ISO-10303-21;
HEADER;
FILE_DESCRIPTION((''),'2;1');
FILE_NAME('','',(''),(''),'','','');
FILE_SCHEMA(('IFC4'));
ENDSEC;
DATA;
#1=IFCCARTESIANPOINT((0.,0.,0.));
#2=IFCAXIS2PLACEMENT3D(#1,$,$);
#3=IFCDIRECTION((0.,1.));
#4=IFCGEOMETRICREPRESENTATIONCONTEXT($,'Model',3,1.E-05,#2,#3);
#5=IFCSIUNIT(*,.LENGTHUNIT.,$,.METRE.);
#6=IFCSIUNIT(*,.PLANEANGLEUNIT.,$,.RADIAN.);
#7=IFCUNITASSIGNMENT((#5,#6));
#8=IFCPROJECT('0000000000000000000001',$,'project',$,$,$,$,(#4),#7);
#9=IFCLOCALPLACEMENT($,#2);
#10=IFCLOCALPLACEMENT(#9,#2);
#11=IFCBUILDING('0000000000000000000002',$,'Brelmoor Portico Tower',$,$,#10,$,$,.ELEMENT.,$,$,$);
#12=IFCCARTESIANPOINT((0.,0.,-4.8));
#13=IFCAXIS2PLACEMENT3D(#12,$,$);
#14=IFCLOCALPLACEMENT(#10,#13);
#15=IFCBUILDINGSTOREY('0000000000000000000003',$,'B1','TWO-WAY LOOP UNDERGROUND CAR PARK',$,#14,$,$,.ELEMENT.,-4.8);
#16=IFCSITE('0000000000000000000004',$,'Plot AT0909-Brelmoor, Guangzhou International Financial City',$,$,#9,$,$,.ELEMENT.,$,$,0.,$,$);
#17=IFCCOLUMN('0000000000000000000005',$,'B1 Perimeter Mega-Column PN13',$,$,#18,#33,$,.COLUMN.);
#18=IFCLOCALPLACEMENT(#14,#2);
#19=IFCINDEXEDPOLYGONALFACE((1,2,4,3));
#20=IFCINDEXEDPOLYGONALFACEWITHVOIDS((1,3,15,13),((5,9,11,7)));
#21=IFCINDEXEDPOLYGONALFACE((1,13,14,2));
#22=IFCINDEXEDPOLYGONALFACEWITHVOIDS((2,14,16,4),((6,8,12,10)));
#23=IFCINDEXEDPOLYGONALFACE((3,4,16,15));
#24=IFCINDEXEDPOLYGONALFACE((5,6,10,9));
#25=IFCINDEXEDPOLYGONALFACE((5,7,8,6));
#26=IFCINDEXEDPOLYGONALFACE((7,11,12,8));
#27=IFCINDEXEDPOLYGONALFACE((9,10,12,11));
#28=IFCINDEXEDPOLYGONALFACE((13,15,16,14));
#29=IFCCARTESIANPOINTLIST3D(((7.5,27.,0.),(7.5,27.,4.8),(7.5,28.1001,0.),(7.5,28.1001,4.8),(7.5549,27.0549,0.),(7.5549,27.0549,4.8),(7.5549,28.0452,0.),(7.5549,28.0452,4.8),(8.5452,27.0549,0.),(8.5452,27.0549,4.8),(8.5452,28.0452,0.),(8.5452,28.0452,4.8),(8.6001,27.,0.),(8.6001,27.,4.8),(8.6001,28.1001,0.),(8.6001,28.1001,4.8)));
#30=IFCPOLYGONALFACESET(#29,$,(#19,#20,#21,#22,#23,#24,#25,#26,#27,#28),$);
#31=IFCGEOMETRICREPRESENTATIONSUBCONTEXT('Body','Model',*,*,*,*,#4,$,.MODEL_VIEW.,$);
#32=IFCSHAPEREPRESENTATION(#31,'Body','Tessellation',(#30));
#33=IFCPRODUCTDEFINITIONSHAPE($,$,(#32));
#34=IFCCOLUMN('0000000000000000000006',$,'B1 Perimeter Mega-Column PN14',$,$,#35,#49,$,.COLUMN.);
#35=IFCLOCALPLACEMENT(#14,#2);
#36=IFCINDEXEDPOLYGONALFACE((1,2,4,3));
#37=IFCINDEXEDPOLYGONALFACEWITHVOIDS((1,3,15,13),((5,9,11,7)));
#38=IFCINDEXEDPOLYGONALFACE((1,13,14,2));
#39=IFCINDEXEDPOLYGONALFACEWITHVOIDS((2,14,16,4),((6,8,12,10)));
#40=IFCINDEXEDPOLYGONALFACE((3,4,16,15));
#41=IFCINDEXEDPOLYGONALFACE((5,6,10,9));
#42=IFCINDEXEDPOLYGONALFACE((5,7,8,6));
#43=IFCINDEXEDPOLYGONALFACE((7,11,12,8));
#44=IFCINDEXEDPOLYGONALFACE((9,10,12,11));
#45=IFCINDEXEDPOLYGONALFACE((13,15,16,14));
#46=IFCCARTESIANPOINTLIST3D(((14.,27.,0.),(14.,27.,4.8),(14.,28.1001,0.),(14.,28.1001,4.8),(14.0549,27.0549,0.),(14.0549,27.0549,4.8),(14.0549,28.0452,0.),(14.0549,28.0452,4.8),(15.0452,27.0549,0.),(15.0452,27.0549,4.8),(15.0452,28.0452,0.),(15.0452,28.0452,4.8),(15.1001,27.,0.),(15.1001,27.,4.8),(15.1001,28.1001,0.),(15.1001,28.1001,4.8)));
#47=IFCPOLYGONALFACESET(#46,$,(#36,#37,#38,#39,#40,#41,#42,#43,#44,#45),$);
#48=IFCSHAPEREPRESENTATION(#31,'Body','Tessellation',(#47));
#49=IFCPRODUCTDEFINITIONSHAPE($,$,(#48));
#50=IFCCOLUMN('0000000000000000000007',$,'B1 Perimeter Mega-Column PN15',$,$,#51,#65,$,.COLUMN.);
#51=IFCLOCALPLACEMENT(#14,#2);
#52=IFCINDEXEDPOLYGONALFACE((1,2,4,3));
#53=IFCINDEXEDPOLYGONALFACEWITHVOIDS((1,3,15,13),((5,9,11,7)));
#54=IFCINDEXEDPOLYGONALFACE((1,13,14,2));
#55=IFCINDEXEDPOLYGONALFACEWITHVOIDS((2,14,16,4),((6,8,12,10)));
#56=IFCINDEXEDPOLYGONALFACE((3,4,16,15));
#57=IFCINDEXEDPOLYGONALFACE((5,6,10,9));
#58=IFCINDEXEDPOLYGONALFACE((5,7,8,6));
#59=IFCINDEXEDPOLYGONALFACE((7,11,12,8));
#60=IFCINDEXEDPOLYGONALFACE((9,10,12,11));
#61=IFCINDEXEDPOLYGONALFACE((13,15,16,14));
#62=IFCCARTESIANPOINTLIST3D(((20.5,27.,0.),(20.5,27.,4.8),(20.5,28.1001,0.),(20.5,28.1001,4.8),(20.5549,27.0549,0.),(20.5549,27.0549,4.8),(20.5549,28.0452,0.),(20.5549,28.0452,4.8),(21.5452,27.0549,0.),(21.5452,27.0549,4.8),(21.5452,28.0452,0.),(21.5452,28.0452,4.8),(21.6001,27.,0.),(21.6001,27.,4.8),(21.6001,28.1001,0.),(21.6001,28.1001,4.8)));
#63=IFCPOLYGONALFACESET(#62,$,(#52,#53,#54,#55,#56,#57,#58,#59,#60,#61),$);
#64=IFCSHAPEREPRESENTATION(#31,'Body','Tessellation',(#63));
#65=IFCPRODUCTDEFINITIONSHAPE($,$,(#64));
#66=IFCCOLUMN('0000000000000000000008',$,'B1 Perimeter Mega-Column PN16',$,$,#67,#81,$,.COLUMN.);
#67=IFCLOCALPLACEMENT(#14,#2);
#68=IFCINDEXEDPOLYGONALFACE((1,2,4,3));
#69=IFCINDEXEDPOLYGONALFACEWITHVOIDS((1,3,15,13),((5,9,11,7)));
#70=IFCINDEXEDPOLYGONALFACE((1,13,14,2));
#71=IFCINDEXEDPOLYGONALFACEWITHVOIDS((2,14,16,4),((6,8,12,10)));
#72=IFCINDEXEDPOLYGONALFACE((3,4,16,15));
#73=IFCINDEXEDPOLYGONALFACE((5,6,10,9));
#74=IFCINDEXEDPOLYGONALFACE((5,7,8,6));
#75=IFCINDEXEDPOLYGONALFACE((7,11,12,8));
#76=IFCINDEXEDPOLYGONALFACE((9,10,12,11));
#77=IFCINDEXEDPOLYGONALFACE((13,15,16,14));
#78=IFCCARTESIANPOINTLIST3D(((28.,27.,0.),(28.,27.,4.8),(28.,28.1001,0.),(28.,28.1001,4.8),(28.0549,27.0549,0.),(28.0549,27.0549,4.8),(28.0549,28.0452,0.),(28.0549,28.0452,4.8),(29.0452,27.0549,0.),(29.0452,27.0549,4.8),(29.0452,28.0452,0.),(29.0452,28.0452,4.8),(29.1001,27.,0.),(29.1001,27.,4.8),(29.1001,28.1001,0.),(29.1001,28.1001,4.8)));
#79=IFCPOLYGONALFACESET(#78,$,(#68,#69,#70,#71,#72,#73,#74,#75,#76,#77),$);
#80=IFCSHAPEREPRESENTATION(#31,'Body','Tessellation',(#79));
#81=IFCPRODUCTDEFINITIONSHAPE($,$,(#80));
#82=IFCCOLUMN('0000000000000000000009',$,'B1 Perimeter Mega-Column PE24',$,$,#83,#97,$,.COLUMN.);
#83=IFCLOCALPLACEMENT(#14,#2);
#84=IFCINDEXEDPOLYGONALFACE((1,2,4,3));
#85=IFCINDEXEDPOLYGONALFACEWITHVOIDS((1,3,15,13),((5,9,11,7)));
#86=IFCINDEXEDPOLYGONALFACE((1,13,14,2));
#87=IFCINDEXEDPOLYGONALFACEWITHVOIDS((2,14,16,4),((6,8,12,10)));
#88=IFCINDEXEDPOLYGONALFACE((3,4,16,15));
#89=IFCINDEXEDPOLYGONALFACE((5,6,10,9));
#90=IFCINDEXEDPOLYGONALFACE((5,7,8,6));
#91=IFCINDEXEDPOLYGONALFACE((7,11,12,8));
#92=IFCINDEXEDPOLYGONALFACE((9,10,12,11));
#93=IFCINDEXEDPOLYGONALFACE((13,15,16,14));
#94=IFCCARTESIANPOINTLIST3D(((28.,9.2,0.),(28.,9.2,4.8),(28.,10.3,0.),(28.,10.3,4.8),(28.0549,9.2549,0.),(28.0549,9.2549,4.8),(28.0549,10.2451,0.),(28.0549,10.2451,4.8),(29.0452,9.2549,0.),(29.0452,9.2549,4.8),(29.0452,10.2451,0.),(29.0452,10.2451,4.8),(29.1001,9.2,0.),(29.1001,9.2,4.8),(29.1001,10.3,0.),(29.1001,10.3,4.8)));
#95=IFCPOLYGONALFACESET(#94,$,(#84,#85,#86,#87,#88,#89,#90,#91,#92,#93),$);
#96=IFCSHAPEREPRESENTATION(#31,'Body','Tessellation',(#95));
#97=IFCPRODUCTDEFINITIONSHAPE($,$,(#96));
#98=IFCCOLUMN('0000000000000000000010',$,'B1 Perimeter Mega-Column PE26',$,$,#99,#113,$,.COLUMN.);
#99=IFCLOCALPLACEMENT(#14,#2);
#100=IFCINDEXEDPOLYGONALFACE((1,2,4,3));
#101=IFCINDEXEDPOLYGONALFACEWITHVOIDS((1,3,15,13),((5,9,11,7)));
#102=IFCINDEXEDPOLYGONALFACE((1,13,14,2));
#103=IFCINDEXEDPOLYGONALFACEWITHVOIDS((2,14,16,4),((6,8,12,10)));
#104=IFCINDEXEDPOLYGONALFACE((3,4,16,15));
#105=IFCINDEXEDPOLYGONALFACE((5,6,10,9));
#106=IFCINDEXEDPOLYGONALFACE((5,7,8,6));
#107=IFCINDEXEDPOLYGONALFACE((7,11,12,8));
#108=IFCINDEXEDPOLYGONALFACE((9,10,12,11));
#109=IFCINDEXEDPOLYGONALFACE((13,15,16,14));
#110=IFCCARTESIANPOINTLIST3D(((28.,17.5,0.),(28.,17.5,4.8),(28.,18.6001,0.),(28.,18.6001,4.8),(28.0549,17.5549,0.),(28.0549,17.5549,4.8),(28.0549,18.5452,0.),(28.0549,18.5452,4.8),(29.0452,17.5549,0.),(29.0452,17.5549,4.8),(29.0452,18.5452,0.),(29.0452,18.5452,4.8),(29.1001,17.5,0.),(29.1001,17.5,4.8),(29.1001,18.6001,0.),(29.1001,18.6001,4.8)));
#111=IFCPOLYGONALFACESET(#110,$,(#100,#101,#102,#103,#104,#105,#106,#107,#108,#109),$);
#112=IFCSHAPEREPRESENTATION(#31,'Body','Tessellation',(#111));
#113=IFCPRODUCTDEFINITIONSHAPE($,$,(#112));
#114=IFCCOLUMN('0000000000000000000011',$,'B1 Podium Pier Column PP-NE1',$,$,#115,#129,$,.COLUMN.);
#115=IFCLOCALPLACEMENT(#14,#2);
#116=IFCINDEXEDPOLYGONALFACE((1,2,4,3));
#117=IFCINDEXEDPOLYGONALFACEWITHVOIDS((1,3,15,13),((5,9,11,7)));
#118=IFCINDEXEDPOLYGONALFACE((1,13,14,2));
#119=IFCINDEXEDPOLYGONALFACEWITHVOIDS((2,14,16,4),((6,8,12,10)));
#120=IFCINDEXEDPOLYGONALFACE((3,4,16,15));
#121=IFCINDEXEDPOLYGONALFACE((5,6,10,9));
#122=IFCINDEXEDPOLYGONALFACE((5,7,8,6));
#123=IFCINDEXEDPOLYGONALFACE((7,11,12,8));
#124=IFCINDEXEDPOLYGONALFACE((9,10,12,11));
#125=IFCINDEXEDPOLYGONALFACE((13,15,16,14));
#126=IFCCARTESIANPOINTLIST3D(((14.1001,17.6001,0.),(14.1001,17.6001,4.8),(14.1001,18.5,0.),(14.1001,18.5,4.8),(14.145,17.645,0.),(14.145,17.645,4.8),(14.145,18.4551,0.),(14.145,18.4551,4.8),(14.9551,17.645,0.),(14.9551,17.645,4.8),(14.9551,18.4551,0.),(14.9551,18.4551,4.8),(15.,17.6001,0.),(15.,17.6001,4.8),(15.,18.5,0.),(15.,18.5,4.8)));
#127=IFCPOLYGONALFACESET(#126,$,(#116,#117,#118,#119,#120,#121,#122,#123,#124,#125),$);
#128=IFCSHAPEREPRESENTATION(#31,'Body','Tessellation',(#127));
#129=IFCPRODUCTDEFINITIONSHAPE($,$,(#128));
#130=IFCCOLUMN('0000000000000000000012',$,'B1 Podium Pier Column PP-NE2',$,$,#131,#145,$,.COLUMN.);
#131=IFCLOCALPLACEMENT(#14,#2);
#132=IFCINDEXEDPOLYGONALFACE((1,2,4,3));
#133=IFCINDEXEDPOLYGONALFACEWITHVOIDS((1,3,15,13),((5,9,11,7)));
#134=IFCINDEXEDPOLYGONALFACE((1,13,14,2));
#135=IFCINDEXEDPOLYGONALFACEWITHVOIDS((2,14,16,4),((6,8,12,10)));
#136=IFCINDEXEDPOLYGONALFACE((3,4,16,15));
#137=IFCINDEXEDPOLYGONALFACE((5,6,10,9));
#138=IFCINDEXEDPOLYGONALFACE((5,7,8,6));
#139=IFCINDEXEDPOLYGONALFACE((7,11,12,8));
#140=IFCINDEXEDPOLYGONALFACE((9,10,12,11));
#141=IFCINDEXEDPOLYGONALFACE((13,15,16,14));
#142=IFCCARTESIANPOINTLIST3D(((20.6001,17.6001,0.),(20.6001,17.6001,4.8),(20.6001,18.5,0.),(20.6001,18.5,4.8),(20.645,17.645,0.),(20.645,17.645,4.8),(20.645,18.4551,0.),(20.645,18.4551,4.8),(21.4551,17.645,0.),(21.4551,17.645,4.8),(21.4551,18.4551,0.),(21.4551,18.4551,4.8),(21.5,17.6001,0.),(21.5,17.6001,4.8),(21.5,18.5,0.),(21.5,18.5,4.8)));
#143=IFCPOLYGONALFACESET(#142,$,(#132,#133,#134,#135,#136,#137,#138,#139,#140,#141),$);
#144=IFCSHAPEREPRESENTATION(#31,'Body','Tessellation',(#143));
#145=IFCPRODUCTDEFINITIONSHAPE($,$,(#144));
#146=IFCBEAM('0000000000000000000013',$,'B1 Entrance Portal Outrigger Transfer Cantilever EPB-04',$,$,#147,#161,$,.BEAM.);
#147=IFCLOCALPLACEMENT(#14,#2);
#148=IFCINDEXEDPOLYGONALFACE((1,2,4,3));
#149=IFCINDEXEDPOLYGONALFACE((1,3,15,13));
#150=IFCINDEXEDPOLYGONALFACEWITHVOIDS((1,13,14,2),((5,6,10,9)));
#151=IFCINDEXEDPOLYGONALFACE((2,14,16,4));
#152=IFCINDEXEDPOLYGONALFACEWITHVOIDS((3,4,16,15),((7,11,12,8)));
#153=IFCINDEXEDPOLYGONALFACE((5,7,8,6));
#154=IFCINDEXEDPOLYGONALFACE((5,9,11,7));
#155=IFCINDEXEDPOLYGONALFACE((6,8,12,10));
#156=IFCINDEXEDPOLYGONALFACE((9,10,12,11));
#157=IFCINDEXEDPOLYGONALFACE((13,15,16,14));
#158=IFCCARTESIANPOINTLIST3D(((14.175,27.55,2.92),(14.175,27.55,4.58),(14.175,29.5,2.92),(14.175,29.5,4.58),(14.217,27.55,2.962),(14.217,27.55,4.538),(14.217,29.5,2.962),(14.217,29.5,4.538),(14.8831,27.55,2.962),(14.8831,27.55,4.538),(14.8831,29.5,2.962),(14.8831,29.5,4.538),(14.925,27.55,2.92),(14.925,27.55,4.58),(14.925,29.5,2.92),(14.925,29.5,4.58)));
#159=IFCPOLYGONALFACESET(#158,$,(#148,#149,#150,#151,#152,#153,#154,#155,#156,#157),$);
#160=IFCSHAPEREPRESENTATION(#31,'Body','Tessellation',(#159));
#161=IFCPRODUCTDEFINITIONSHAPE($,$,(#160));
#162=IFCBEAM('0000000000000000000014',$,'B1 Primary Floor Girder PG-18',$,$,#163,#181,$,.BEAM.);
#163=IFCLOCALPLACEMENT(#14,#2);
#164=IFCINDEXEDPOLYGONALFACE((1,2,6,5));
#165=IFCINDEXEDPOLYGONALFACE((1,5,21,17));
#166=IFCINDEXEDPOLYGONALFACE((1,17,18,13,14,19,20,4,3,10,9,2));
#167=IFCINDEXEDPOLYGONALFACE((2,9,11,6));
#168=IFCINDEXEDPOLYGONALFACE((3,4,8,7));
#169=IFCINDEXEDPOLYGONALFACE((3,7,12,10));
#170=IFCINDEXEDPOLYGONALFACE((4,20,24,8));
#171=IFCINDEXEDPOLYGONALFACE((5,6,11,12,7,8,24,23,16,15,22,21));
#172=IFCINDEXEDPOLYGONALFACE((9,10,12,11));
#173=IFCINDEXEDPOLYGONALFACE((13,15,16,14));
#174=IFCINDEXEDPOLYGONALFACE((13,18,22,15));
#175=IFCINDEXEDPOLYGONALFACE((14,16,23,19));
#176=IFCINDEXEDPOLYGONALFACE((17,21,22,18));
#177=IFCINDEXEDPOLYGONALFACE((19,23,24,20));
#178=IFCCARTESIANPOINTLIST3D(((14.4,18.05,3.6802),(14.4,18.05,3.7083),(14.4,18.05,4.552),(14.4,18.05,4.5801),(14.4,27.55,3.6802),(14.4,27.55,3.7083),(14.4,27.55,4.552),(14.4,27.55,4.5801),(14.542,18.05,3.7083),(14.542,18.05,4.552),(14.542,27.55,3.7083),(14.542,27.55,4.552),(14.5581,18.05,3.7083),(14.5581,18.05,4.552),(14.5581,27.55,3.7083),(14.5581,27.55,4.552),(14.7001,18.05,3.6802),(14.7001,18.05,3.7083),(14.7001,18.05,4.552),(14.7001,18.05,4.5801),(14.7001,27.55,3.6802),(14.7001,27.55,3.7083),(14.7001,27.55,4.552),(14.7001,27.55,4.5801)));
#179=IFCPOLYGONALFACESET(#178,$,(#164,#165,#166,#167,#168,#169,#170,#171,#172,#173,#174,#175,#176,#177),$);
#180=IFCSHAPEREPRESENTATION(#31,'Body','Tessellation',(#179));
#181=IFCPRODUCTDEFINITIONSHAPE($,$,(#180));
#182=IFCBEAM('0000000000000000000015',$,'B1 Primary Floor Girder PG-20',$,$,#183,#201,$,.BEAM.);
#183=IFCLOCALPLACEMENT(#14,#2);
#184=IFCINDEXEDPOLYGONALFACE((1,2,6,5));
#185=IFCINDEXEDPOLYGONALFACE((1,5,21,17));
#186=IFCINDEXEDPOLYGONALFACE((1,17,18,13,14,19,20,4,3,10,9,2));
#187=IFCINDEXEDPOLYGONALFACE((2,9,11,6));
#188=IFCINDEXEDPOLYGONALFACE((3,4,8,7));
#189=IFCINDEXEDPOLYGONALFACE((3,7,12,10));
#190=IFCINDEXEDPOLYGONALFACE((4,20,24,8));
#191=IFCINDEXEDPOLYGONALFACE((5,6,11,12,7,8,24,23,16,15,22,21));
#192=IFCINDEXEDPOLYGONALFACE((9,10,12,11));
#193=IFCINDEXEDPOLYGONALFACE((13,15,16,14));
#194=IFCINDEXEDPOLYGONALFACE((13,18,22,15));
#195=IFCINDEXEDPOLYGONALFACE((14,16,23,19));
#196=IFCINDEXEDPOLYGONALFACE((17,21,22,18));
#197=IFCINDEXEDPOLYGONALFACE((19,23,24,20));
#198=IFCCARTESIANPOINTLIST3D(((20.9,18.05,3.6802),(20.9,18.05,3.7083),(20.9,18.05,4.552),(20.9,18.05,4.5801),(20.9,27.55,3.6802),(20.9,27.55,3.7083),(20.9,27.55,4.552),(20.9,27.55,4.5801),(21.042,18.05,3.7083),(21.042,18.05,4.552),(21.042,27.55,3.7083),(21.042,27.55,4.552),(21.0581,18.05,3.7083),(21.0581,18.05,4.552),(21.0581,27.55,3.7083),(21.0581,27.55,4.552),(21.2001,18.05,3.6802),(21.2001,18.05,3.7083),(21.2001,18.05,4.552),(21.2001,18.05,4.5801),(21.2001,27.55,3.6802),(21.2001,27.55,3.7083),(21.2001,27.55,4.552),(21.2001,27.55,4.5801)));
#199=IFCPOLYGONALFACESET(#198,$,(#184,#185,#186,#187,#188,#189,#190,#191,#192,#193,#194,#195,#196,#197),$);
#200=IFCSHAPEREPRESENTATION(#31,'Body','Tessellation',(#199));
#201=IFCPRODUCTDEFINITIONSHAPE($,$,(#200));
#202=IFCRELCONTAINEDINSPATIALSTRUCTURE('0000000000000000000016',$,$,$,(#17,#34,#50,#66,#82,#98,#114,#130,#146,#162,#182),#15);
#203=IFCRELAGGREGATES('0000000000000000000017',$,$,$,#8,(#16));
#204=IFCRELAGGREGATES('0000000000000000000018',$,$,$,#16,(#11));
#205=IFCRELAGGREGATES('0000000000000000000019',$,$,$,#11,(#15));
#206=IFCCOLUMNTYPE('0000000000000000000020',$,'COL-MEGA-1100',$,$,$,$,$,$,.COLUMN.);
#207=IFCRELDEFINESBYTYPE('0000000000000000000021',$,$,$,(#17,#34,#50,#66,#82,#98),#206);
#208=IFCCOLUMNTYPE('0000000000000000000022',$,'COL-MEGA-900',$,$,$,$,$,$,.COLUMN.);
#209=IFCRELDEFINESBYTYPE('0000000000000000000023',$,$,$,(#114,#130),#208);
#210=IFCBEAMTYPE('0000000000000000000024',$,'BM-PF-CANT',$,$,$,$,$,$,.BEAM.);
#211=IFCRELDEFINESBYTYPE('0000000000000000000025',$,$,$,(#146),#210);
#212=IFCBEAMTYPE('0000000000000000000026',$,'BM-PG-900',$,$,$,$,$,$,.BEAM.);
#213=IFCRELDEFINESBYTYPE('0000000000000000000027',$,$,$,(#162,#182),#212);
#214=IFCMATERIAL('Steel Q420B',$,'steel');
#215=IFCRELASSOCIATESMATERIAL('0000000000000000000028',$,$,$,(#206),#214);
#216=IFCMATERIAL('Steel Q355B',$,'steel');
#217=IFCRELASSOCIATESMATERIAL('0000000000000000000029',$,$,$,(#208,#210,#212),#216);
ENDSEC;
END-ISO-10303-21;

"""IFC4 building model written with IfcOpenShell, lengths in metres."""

from ifc_helpers import new_model, si_unit, direction, frame, origin, origin_2d, place, context, subcontext, project, spatial, hollow_rectangle, i_section, extrude, material, material_profile, profile_set, type_object, element, save


model = new_model("IFC4")

# Units and contexts
model_context = context("Model", 3, precision=1e-05, world=origin(), true_north=direction((0.0, 1.0)))
body_context = subcontext(model_context, "Body", "Model", "MODEL_VIEW")
ifc_project = project(units=[si_unit("LENGTHUNIT", "METRE"), si_unit("PLANEANGLEUNIT", "RADIAN")], contexts=[model_context])

# Site, building, storey
site_placement = place(None, origin())
site = spatial("IfcSite", under=ifc_project, at=site_placement, Name="Plot AT0909-Brelmoor, Guangzhou International Financial City", CompositionType="ELEMENT", RefElevation=0.0)
building_placement = place(site_placement, origin())
building = spatial("IfcBuilding", under=site, at=building_placement, Name="Brelmoor Portico Tower", CompositionType="ELEMENT")
storey_placement = place(building_placement, frame((0.0, 0.0, -4.8)))
storey = spatial("IfcBuildingStorey", under=building, at=storey_placement, Name="B1", Description="TWO-WAY LOOP UNDERGROUND CAR PARK", CompositionType="ELEMENT", Elevation=-4.8)

# Columns
ifc_material_1 = material(Name="Steel Q420B", Category="steel")
ifc_material_profile_1 = material_profile(ifc_material_1, hollow_rectangle(XDim=1.1001, YDim=1.1001, WallThickness=0.0549, at=origin_2d()), Name="BOX 1100x1100x55")
ifc_profile_set_1 = profile_set([ifc_material_profile_1], Name="Steel Q420B")
column_type_1 = type_object("IfcColumnType", Name="COL-MEGA-1100", PredefinedType="COLUMN", material=ifc_profile_set_1)
for number, where, z_axis, x_axis, name in (
    (1, (8.05, 27.55, 0.0), (0.0, 0.0, 1.0), (1.0, 0.0, 0.0), "B1 Perimeter Mega-Column PN13"),
    (2, (14.55, 27.55, 0.0), (0.0, 0.0, 1.0), (1.0, 0.0, 0.0), "B1 Perimeter Mega-Column PN14"),
    (3, (21.05, 27.55, 0.0), (0.0, 0.0, 1.0), (1.0, 0.0, 0.0), "B1 Perimeter Mega-Column PN15"),
    (4, (28.55, 27.55, 0.0), (0.0, 0.0, 1.0), (1.0, 0.0, 0.0), "B1 Perimeter Mega-Column PN16"),
    (5, (28.55, 9.75, 0.0), (0.0, 0.0, 1.0), (0.0, 1.0, 0.0), "B1 Perimeter Mega-Column PE24"),
    (6, (28.55, 18.05, 0.0), (0.0, 0.0, 1.0), (0.0, 1.0, 0.0), "B1 Perimeter Mega-Column PE26"),
):
    element("IfcColumn", number, at=place(storey_placement, frame(where, z_axis=z_axis, x_axis=x_axis)), inside=storey, type_object=column_type_1, Name=name, PredefinedType="COLUMN", context=body_context, shape_type="SweptSolid", body=[
        extrude(hollow_rectangle(XDim=1.1001, YDim=1.1001, WallThickness=0.0549, at=origin_2d()), origin(), (0.0, 0.0, 1.0), 4.8),
    ])
ifc_material_2 = material(Name="Steel Q355B", Category="steel")
ifc_material_profile_2 = material_profile(ifc_material_2, hollow_rectangle(XDim=0.8999, YDim=0.8999, WallThickness=0.0449, at=origin_2d()), Name="BOX 900x900x45")
ifc_profile_set_2 = profile_set([ifc_material_profile_2], Name="Steel Q355B")
column_type_2 = type_object("IfcColumnType", Name="COL-MEGA-900", PredefinedType="COLUMN", material=ifc_profile_set_2)
for number, where, z_axis, x_axis, name in (
    (7, (14.55, 18.05, 0.0), (0.0, 0.0, 1.0), (1.0, 0.0, 0.0), "B1 Podium Pier Column PP-NE1"),
    (8, (21.05, 18.05, 0.0), (0.0, 0.0, 1.0), (1.0, 0.0, 0.0), "B1 Podium Pier Column PP-NE2"),
):
    element("IfcColumn", number, at=place(storey_placement, frame(where, z_axis=z_axis, x_axis=x_axis)), inside=storey, type_object=column_type_2, Name=name, PredefinedType="COLUMN", context=body_context, shape_type="SweptSolid", body=[
        extrude(hollow_rectangle(XDim=0.8999, YDim=0.8999, WallThickness=0.0449, at=origin_2d()), origin(), (0.0, 0.0, 1.0), 4.8),
    ])

# Beams
ifc_material_profile_3 = material_profile(ifc_material_2, hollow_rectangle(XDim=0.75, YDim=1.6599, WallThickness=0.042, at=origin_2d()), Name="BOX 750x1660x42")
ifc_profile_set_3 = profile_set([ifc_material_profile_3], Name="Steel Q355B")
beam_type_1 = type_object("IfcBeamType", Name="BM-PF-CANT", PredefinedType="BEAM", material=ifc_profile_set_3)
beam_1_placement = place(storey_placement, frame((14.55, 27.55, 3.75), z_axis=(0.0, 1.0, 0.0), x_axis=(-1.0, 0.0, 0.0)))
element("IfcBeam", 9, at=beam_1_placement, inside=storey, type_object=beam_type_1, Name="B1 Entrance Portal Outrigger Transfer Cantilever EPB-04", PredefinedType="BEAM", context=body_context, shape_type="SweptSolid", body=[
    extrude(hollow_rectangle(XDim=0.75, YDim=1.6599, WallThickness=0.042, at=origin_2d()), origin(), (0.0, 0.0, 1.0), 1.95),
])
ifc_material_profile_4 = material_profile(ifc_material_2, i_section(OverallWidth=0.3, OverallDepth=0.8999, WebThickness=0.0161, FlangeThickness=0.0281, at=origin_2d()), Name="HN 900x300x16x28")
ifc_profile_set_4 = profile_set([ifc_material_profile_4], Name="Steel Q355B")
beam_type_2 = type_object("IfcBeamType", Name="BM-PG-900", PredefinedType="BEAM", material=ifc_profile_set_4)
for number, where, z_axis, x_axis, name in (
    (10, (14.55, 18.05, 4.1301), (0.0, 1.0, 0.0), (-1.0, 0.0, 0.0), "B1 Primary Floor Girder PG-18"),
    (11, (21.05, 18.05, 4.1301), (0.0, 1.0, 0.0), (-1.0, 0.0, 0.0), "B1 Primary Floor Girder PG-20"),
):
    element("IfcBeam", number, at=place(storey_placement, frame(where, z_axis=z_axis, x_axis=x_axis)), inside=storey, type_object=beam_type_2, Name=name, PredefinedType="BEAM", context=body_context, shape_type="SweptSolid", body=[
        extrude(i_section(OverallWidth=0.3, OverallDepth=0.8999, WebThickness=0.0161, FlangeThickness=0.0281, at=origin_2d()), origin(), (0.0, 0.0, 1.0), 9.5),
    ])

save(model, "model.ifc")
